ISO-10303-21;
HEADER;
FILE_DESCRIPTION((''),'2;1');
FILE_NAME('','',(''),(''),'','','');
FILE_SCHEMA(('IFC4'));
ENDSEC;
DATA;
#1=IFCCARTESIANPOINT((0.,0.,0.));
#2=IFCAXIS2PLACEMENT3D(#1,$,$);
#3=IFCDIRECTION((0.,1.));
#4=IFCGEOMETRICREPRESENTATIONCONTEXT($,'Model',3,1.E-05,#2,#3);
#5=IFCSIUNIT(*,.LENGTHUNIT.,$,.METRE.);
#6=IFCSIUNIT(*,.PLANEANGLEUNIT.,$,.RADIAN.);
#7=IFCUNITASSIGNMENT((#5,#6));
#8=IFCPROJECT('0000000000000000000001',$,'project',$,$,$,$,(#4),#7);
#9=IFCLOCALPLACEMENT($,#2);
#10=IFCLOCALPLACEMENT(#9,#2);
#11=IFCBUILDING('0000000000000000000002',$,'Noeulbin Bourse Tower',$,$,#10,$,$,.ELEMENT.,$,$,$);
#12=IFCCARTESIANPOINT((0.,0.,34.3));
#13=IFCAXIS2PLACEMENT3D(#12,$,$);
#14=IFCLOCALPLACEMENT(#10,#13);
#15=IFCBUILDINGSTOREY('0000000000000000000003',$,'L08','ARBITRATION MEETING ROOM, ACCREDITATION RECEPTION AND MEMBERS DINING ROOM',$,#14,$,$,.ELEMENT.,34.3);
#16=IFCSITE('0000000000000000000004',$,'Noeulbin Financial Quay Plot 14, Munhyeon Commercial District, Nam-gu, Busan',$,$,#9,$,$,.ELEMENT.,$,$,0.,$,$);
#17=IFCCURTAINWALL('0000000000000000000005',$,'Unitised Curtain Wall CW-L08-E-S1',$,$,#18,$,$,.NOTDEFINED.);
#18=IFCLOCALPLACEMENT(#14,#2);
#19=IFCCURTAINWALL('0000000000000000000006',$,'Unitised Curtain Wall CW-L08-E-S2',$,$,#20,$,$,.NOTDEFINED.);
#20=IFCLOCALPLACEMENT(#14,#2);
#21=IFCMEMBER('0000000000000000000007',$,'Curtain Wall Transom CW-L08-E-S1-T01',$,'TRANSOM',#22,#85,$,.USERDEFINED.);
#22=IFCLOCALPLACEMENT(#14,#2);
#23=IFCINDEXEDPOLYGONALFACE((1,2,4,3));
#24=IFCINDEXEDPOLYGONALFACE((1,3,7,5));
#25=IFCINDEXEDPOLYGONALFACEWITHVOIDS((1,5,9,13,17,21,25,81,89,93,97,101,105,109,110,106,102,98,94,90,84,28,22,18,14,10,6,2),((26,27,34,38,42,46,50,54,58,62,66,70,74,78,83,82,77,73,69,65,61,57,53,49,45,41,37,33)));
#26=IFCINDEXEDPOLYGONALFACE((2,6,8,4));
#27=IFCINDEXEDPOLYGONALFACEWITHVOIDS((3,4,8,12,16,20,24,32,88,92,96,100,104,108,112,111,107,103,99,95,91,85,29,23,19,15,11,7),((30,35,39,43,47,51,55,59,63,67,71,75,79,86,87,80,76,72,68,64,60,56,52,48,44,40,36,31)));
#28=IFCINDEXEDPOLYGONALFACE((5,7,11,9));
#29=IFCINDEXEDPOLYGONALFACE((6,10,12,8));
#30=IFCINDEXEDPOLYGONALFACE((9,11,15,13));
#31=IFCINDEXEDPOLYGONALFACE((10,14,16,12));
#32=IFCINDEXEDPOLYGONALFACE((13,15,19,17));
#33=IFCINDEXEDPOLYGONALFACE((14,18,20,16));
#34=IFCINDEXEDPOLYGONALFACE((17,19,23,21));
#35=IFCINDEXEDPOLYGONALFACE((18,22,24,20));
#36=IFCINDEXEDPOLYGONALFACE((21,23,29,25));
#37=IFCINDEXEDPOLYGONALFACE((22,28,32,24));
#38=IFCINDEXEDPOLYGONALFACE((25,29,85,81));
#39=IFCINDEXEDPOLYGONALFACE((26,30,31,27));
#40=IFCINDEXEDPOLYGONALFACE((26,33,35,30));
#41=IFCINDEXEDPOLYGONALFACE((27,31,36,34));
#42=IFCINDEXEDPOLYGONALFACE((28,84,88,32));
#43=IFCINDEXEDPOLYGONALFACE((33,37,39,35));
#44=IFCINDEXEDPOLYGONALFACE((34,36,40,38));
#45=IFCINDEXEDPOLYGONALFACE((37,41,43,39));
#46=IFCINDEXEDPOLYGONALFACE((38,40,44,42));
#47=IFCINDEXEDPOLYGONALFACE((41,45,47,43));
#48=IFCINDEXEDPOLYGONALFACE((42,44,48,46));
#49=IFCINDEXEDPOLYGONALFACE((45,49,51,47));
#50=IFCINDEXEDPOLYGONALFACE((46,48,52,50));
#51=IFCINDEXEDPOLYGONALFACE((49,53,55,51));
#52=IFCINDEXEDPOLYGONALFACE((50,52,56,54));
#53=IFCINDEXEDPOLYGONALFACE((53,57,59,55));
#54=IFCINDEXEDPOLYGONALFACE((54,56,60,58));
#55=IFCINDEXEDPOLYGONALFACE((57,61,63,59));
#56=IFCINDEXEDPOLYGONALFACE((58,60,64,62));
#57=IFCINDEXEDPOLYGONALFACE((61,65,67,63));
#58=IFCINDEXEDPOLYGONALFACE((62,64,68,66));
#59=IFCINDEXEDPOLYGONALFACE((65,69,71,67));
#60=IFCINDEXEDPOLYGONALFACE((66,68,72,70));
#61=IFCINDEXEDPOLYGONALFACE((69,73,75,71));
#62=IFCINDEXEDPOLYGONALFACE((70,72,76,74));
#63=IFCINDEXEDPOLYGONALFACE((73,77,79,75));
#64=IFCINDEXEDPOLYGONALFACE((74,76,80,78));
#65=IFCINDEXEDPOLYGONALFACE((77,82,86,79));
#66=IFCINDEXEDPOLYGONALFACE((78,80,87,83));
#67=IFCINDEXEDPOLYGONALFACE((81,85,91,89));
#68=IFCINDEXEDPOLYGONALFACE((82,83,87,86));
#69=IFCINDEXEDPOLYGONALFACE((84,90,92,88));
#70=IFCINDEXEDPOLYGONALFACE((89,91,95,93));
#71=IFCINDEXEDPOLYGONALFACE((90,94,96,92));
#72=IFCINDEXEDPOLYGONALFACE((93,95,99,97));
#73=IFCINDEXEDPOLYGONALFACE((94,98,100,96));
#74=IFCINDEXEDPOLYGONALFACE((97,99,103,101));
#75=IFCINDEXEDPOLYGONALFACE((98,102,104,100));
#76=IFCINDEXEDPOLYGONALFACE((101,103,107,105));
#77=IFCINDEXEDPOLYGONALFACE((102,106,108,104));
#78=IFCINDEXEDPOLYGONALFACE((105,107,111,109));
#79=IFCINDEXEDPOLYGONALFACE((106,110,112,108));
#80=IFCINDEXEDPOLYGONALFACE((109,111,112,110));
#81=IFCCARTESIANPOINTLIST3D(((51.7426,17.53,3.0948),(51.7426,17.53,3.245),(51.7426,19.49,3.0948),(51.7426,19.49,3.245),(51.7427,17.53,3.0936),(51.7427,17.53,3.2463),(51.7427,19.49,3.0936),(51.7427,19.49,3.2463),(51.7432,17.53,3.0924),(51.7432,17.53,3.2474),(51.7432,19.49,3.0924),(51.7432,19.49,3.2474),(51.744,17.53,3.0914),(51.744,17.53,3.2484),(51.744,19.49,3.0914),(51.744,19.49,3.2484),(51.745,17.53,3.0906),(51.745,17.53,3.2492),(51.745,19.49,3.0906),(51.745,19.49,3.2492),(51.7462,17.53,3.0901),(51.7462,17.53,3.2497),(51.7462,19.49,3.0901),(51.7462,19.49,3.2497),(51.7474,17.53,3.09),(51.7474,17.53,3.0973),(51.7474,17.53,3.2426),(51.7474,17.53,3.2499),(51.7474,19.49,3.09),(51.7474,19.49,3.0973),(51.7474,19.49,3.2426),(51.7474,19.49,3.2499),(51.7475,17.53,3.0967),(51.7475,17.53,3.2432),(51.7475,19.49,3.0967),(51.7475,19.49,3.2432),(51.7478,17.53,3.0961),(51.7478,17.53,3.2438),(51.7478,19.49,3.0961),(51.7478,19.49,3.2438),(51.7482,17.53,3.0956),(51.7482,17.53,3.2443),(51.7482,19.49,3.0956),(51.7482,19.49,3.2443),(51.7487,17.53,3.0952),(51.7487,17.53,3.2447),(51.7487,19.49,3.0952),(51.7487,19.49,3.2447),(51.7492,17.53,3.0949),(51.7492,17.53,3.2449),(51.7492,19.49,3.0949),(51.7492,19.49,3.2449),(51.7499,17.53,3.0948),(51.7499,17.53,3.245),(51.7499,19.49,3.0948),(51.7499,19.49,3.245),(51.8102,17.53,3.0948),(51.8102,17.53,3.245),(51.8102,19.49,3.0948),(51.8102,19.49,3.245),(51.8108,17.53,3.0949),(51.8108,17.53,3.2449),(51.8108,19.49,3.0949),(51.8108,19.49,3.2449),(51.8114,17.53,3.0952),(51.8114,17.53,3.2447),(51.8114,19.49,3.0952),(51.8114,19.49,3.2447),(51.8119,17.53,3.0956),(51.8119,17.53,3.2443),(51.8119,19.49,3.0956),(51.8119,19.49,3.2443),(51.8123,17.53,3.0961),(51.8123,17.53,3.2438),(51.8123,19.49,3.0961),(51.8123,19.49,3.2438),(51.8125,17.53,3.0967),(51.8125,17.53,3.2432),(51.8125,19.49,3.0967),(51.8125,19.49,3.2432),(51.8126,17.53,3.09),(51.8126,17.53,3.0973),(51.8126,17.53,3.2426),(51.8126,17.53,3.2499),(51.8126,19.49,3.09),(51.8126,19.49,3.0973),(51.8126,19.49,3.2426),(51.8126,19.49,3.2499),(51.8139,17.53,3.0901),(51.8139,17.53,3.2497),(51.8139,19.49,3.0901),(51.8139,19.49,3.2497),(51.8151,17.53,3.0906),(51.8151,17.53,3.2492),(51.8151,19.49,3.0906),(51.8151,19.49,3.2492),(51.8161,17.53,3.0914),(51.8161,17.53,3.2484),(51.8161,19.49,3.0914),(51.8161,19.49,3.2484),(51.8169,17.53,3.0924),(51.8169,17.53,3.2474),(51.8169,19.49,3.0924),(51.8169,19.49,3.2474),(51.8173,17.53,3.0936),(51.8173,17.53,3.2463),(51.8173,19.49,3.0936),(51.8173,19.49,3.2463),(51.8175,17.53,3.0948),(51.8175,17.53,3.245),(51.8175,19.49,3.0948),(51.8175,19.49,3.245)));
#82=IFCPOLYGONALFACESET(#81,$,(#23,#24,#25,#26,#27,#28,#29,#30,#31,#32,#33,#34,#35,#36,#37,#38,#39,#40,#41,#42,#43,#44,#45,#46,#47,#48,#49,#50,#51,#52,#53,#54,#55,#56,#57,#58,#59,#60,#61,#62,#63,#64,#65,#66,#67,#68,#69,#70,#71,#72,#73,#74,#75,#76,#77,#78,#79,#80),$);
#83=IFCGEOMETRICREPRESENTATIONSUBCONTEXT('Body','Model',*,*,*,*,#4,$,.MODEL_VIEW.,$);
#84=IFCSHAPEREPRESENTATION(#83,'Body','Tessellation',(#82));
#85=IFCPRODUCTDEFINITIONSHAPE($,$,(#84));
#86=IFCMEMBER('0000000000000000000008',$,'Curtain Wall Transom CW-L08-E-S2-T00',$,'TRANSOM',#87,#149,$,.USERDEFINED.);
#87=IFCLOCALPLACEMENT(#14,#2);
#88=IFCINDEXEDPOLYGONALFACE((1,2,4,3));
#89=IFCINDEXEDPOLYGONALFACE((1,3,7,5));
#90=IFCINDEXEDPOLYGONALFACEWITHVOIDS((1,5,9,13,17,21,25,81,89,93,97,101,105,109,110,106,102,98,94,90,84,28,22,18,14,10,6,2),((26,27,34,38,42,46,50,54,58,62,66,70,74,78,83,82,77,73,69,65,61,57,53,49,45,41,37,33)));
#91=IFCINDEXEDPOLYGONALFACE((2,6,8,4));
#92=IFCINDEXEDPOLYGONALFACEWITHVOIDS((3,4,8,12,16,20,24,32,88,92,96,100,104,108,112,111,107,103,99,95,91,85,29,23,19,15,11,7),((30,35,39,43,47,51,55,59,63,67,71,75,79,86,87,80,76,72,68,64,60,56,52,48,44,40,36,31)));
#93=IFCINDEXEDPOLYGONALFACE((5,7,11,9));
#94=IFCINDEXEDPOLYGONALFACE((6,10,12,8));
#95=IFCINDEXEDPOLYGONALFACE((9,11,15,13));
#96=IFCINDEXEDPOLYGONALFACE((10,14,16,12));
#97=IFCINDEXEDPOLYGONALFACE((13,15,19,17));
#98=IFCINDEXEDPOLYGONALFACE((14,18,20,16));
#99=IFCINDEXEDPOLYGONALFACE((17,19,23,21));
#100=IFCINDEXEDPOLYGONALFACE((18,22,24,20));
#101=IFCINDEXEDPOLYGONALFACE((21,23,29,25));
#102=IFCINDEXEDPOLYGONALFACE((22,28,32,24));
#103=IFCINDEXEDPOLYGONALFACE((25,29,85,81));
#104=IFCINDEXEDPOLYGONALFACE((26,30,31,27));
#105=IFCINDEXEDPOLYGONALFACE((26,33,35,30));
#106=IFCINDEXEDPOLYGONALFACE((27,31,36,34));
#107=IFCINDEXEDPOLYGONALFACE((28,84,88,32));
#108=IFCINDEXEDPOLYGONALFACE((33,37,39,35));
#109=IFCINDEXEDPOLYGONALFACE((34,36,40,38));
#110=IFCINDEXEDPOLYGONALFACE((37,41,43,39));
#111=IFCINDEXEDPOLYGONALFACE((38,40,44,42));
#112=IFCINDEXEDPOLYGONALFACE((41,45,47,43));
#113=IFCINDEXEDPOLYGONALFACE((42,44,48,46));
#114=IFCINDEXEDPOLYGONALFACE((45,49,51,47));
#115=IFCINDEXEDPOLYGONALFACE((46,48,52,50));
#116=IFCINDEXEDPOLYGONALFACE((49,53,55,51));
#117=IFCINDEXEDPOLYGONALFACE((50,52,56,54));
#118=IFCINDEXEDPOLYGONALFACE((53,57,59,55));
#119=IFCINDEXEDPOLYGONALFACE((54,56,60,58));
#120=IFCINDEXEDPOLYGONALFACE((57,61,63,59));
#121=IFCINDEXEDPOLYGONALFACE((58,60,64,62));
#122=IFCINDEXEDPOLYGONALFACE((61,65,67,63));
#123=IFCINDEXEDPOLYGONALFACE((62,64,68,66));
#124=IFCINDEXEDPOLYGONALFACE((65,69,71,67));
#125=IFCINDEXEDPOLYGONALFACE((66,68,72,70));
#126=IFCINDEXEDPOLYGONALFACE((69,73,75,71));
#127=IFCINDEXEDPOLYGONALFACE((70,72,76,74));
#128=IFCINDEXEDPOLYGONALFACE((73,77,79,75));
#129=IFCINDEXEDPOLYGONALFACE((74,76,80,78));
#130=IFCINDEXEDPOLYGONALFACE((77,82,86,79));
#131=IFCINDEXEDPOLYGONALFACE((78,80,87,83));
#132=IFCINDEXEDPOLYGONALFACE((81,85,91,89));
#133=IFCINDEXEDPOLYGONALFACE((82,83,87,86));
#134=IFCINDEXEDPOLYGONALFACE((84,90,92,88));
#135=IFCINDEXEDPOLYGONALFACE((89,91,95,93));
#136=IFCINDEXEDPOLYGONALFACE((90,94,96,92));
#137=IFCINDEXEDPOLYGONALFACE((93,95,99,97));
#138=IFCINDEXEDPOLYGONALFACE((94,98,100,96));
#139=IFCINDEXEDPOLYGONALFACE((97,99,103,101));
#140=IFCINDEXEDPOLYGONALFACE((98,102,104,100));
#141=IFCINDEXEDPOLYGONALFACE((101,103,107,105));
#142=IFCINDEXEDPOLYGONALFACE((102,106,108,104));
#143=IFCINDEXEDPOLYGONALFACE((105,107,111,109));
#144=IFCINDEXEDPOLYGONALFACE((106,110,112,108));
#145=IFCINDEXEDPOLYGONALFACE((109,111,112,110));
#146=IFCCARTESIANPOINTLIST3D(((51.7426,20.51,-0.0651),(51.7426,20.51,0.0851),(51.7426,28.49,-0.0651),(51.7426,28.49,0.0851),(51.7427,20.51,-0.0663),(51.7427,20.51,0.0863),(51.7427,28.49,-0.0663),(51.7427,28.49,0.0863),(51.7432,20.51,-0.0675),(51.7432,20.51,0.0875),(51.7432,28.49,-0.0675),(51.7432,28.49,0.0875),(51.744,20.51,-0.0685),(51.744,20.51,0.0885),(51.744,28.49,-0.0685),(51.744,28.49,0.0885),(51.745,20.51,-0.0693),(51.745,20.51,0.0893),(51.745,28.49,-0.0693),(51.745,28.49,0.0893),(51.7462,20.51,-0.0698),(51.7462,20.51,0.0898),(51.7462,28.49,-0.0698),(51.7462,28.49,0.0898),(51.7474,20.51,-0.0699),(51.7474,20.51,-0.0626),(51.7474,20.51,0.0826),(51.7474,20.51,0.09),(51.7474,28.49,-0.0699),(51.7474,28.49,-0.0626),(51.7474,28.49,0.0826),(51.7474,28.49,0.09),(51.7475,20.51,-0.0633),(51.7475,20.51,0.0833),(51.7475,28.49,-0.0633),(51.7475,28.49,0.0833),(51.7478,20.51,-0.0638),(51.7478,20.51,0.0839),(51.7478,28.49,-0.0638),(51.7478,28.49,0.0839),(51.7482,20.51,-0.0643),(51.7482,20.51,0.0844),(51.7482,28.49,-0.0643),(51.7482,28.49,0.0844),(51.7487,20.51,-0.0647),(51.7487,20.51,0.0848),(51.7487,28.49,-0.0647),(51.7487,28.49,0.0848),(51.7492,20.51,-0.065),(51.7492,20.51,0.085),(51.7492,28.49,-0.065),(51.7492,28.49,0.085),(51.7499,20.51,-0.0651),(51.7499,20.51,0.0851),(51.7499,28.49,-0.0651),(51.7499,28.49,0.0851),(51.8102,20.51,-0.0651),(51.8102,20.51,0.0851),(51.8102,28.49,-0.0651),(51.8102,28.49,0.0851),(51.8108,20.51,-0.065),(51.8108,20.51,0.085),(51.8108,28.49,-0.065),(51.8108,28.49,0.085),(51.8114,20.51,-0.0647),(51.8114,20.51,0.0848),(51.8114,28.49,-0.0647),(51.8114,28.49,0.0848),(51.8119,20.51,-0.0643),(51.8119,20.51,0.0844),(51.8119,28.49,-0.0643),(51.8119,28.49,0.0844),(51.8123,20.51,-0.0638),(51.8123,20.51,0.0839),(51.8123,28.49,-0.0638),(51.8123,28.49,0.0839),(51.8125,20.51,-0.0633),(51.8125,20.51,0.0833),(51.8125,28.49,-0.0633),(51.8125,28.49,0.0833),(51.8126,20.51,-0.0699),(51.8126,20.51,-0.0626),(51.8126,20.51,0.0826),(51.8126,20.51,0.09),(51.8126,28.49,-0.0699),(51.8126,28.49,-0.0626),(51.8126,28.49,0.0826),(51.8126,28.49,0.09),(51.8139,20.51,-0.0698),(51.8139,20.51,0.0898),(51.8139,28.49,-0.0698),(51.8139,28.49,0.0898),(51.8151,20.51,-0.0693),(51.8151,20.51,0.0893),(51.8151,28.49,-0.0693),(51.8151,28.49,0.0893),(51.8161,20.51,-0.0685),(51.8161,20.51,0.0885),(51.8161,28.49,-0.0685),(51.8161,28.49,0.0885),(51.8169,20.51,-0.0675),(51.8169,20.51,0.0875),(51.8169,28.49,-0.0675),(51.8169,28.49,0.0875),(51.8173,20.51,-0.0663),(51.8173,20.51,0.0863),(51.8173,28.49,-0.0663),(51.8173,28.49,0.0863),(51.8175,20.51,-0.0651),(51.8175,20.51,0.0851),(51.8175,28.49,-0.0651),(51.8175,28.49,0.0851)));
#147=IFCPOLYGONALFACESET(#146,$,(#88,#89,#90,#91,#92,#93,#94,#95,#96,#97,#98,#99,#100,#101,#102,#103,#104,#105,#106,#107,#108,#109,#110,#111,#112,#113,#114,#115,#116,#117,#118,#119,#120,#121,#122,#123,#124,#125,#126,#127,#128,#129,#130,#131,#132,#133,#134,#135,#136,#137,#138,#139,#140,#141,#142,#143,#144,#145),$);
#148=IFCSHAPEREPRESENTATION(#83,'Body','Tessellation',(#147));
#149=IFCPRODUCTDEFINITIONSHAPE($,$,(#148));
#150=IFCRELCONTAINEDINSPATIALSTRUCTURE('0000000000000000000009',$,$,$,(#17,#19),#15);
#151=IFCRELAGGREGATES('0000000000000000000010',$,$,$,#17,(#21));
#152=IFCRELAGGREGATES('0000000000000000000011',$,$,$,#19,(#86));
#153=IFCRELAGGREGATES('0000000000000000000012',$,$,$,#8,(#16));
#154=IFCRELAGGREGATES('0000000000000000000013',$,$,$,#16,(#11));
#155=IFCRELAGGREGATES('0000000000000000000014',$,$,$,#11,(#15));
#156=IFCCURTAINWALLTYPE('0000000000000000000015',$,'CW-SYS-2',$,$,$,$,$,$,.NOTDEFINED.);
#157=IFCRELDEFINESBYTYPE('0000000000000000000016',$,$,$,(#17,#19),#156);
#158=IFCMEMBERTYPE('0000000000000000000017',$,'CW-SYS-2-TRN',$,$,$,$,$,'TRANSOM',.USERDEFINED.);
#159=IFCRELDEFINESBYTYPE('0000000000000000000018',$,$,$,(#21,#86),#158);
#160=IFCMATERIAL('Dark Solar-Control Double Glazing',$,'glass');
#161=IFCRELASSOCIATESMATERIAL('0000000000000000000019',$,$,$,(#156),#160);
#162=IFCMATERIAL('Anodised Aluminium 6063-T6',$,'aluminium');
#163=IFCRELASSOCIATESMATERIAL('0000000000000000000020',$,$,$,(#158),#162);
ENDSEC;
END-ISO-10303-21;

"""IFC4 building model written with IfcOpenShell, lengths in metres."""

from ifc_helpers import new_model, si_unit, direction, frame, origin, origin_2d, place, context, subcontext, project, spatial, hollow_rectangle, extrude, material, material_profile, profile_set, type_object, element, aggregate, save


model = new_model("IFC4")

# Units and contexts
model_context = context("Model", 3, precision=1e-05, world=origin(), true_north=direction((0.0, 1.0)))
body_context = subcontext(model_context, "Body", "Model", "MODEL_VIEW")
ifc_project = project(units=[si_unit("LENGTHUNIT", "METRE"), si_unit("PLANEANGLEUNIT", "RADIAN")], contexts=[model_context])

# Site, building, storey
site_placement = place(None, origin())
site = spatial("IfcSite", under=ifc_project, at=site_placement, Name="Noeulbin Financial Quay Plot 14, Munhyeon Commercial District, Nam-gu, Busan", CompositionType="ELEMENT", RefElevation=0.0)
building_placement = place(site_placement, origin())
building = spatial("IfcBuilding", under=site, at=building_placement, Name="Noeulbin Bourse Tower", CompositionType="ELEMENT")
storey_placement = place(building_placement, frame((0.0, 0.0, 34.3)))
storey = spatial("IfcBuildingStorey", under=building, at=storey_placement, Name="L08", Description="ARBITRATION MEETING ROOM, ACCREDITATION RECEPTION AND MEMBERS DINING ROOM", CompositionType="ELEMENT", Elevation=34.3)

# Curtain walls
ifc_material_1 = material(Name="Dark Solar-Control Double Glazing", Category="glass")
curtain_wall_type = type_object("IfcCurtainWallType", Name="CW-SYS-2", PredefinedType="NOTDEFINED", material=ifc_material_1)
ifc_material_2 = material(Name="Anodised Aluminium 6063-T6", Category="aluminium")
curtain_wall_1_placement = place(storey_placement, origin())
curtain_wall_1 = element("IfcCurtainWall", 1, at=curtain_wall_1_placement, inside=storey, type_object=curtain_wall_type, Name="Unitised Curtain Wall CW-L08-E-S1", PredefinedType="NOTDEFINED")
curtain_wall_2_placement = place(storey_placement, origin())
curtain_wall_2 = element("IfcCurtainWall", 2, at=curtain_wall_2_placement, inside=storey, type_object=curtain_wall_type, Name="Unitised Curtain Wall CW-L08-E-S2", PredefinedType="NOTDEFINED")

# Members
ifc_material_profile_1 = material_profile(ifc_material_2, hollow_rectangle(XDim=0.075, YDim=0.1599, WallThickness=0.0049, InnerFilletRadius=0.0024, OuterFilletRadius=0.0049, at=origin_2d()), Name="ALU-TRAN-75x160x5", Category="LoadBearing")
ifc_profile_set_1 = profile_set([ifc_material_profile_1], Name="Anodised Aluminium 6063-T6")
member_type_1 = type_object("IfcMemberType", Name="CW-SYS-2-TRN", ElementType="TRANSOM", PredefinedType="USERDEFINED", material=ifc_profile_set_1)
member_1_placement = place(storey_placement, frame((51.78, 17.53, 3.1699), z_axis=(0.0, 1.0, 0.0), x_axis=(-1.0, 0.0, 0.0)))
member_1 = element("IfcMember", 3, at=member_1_placement, type_object=member_type_1, Name="Curtain Wall Transom CW-L08-E-S1-T01", ObjectType="TRANSOM", PredefinedType="USERDEFINED", context=body_context, shape_type="SweptSolid", body=[
    extrude(hollow_rectangle(XDim=0.075, YDim=0.1599, WallThickness=0.0049, InnerFilletRadius=0.0024, OuterFilletRadius=0.0049, at=origin_2d()), origin(), (0.0, 0.0, 1.0), 1.96),
])
member_2_placement = place(storey_placement, frame((51.78, 20.51, 0.01), z_axis=(0.0, 1.0, 0.0), x_axis=(-1.0, 0.0, 0.0)))
member_2 = element("IfcMember", 4, at=member_2_placement, type_object=member_type_1, Name="Curtain Wall Transom CW-L08-E-S2-T00", ObjectType="TRANSOM", PredefinedType="USERDEFINED", context=body_context, shape_type="SweptSolid", body=[
    extrude(hollow_rectangle(XDim=0.075, YDim=0.1599, WallThickness=0.0049, InnerFilletRadius=0.0024, OuterFilletRadius=0.0049, at=origin_2d()), origin(), (0.0, 0.0, 1.0), 7.98),
])

aggregate(curtain_wall_1, [member_1])
aggregate(curtain_wall_2, [member_2])

save(model, "model.ifc")
